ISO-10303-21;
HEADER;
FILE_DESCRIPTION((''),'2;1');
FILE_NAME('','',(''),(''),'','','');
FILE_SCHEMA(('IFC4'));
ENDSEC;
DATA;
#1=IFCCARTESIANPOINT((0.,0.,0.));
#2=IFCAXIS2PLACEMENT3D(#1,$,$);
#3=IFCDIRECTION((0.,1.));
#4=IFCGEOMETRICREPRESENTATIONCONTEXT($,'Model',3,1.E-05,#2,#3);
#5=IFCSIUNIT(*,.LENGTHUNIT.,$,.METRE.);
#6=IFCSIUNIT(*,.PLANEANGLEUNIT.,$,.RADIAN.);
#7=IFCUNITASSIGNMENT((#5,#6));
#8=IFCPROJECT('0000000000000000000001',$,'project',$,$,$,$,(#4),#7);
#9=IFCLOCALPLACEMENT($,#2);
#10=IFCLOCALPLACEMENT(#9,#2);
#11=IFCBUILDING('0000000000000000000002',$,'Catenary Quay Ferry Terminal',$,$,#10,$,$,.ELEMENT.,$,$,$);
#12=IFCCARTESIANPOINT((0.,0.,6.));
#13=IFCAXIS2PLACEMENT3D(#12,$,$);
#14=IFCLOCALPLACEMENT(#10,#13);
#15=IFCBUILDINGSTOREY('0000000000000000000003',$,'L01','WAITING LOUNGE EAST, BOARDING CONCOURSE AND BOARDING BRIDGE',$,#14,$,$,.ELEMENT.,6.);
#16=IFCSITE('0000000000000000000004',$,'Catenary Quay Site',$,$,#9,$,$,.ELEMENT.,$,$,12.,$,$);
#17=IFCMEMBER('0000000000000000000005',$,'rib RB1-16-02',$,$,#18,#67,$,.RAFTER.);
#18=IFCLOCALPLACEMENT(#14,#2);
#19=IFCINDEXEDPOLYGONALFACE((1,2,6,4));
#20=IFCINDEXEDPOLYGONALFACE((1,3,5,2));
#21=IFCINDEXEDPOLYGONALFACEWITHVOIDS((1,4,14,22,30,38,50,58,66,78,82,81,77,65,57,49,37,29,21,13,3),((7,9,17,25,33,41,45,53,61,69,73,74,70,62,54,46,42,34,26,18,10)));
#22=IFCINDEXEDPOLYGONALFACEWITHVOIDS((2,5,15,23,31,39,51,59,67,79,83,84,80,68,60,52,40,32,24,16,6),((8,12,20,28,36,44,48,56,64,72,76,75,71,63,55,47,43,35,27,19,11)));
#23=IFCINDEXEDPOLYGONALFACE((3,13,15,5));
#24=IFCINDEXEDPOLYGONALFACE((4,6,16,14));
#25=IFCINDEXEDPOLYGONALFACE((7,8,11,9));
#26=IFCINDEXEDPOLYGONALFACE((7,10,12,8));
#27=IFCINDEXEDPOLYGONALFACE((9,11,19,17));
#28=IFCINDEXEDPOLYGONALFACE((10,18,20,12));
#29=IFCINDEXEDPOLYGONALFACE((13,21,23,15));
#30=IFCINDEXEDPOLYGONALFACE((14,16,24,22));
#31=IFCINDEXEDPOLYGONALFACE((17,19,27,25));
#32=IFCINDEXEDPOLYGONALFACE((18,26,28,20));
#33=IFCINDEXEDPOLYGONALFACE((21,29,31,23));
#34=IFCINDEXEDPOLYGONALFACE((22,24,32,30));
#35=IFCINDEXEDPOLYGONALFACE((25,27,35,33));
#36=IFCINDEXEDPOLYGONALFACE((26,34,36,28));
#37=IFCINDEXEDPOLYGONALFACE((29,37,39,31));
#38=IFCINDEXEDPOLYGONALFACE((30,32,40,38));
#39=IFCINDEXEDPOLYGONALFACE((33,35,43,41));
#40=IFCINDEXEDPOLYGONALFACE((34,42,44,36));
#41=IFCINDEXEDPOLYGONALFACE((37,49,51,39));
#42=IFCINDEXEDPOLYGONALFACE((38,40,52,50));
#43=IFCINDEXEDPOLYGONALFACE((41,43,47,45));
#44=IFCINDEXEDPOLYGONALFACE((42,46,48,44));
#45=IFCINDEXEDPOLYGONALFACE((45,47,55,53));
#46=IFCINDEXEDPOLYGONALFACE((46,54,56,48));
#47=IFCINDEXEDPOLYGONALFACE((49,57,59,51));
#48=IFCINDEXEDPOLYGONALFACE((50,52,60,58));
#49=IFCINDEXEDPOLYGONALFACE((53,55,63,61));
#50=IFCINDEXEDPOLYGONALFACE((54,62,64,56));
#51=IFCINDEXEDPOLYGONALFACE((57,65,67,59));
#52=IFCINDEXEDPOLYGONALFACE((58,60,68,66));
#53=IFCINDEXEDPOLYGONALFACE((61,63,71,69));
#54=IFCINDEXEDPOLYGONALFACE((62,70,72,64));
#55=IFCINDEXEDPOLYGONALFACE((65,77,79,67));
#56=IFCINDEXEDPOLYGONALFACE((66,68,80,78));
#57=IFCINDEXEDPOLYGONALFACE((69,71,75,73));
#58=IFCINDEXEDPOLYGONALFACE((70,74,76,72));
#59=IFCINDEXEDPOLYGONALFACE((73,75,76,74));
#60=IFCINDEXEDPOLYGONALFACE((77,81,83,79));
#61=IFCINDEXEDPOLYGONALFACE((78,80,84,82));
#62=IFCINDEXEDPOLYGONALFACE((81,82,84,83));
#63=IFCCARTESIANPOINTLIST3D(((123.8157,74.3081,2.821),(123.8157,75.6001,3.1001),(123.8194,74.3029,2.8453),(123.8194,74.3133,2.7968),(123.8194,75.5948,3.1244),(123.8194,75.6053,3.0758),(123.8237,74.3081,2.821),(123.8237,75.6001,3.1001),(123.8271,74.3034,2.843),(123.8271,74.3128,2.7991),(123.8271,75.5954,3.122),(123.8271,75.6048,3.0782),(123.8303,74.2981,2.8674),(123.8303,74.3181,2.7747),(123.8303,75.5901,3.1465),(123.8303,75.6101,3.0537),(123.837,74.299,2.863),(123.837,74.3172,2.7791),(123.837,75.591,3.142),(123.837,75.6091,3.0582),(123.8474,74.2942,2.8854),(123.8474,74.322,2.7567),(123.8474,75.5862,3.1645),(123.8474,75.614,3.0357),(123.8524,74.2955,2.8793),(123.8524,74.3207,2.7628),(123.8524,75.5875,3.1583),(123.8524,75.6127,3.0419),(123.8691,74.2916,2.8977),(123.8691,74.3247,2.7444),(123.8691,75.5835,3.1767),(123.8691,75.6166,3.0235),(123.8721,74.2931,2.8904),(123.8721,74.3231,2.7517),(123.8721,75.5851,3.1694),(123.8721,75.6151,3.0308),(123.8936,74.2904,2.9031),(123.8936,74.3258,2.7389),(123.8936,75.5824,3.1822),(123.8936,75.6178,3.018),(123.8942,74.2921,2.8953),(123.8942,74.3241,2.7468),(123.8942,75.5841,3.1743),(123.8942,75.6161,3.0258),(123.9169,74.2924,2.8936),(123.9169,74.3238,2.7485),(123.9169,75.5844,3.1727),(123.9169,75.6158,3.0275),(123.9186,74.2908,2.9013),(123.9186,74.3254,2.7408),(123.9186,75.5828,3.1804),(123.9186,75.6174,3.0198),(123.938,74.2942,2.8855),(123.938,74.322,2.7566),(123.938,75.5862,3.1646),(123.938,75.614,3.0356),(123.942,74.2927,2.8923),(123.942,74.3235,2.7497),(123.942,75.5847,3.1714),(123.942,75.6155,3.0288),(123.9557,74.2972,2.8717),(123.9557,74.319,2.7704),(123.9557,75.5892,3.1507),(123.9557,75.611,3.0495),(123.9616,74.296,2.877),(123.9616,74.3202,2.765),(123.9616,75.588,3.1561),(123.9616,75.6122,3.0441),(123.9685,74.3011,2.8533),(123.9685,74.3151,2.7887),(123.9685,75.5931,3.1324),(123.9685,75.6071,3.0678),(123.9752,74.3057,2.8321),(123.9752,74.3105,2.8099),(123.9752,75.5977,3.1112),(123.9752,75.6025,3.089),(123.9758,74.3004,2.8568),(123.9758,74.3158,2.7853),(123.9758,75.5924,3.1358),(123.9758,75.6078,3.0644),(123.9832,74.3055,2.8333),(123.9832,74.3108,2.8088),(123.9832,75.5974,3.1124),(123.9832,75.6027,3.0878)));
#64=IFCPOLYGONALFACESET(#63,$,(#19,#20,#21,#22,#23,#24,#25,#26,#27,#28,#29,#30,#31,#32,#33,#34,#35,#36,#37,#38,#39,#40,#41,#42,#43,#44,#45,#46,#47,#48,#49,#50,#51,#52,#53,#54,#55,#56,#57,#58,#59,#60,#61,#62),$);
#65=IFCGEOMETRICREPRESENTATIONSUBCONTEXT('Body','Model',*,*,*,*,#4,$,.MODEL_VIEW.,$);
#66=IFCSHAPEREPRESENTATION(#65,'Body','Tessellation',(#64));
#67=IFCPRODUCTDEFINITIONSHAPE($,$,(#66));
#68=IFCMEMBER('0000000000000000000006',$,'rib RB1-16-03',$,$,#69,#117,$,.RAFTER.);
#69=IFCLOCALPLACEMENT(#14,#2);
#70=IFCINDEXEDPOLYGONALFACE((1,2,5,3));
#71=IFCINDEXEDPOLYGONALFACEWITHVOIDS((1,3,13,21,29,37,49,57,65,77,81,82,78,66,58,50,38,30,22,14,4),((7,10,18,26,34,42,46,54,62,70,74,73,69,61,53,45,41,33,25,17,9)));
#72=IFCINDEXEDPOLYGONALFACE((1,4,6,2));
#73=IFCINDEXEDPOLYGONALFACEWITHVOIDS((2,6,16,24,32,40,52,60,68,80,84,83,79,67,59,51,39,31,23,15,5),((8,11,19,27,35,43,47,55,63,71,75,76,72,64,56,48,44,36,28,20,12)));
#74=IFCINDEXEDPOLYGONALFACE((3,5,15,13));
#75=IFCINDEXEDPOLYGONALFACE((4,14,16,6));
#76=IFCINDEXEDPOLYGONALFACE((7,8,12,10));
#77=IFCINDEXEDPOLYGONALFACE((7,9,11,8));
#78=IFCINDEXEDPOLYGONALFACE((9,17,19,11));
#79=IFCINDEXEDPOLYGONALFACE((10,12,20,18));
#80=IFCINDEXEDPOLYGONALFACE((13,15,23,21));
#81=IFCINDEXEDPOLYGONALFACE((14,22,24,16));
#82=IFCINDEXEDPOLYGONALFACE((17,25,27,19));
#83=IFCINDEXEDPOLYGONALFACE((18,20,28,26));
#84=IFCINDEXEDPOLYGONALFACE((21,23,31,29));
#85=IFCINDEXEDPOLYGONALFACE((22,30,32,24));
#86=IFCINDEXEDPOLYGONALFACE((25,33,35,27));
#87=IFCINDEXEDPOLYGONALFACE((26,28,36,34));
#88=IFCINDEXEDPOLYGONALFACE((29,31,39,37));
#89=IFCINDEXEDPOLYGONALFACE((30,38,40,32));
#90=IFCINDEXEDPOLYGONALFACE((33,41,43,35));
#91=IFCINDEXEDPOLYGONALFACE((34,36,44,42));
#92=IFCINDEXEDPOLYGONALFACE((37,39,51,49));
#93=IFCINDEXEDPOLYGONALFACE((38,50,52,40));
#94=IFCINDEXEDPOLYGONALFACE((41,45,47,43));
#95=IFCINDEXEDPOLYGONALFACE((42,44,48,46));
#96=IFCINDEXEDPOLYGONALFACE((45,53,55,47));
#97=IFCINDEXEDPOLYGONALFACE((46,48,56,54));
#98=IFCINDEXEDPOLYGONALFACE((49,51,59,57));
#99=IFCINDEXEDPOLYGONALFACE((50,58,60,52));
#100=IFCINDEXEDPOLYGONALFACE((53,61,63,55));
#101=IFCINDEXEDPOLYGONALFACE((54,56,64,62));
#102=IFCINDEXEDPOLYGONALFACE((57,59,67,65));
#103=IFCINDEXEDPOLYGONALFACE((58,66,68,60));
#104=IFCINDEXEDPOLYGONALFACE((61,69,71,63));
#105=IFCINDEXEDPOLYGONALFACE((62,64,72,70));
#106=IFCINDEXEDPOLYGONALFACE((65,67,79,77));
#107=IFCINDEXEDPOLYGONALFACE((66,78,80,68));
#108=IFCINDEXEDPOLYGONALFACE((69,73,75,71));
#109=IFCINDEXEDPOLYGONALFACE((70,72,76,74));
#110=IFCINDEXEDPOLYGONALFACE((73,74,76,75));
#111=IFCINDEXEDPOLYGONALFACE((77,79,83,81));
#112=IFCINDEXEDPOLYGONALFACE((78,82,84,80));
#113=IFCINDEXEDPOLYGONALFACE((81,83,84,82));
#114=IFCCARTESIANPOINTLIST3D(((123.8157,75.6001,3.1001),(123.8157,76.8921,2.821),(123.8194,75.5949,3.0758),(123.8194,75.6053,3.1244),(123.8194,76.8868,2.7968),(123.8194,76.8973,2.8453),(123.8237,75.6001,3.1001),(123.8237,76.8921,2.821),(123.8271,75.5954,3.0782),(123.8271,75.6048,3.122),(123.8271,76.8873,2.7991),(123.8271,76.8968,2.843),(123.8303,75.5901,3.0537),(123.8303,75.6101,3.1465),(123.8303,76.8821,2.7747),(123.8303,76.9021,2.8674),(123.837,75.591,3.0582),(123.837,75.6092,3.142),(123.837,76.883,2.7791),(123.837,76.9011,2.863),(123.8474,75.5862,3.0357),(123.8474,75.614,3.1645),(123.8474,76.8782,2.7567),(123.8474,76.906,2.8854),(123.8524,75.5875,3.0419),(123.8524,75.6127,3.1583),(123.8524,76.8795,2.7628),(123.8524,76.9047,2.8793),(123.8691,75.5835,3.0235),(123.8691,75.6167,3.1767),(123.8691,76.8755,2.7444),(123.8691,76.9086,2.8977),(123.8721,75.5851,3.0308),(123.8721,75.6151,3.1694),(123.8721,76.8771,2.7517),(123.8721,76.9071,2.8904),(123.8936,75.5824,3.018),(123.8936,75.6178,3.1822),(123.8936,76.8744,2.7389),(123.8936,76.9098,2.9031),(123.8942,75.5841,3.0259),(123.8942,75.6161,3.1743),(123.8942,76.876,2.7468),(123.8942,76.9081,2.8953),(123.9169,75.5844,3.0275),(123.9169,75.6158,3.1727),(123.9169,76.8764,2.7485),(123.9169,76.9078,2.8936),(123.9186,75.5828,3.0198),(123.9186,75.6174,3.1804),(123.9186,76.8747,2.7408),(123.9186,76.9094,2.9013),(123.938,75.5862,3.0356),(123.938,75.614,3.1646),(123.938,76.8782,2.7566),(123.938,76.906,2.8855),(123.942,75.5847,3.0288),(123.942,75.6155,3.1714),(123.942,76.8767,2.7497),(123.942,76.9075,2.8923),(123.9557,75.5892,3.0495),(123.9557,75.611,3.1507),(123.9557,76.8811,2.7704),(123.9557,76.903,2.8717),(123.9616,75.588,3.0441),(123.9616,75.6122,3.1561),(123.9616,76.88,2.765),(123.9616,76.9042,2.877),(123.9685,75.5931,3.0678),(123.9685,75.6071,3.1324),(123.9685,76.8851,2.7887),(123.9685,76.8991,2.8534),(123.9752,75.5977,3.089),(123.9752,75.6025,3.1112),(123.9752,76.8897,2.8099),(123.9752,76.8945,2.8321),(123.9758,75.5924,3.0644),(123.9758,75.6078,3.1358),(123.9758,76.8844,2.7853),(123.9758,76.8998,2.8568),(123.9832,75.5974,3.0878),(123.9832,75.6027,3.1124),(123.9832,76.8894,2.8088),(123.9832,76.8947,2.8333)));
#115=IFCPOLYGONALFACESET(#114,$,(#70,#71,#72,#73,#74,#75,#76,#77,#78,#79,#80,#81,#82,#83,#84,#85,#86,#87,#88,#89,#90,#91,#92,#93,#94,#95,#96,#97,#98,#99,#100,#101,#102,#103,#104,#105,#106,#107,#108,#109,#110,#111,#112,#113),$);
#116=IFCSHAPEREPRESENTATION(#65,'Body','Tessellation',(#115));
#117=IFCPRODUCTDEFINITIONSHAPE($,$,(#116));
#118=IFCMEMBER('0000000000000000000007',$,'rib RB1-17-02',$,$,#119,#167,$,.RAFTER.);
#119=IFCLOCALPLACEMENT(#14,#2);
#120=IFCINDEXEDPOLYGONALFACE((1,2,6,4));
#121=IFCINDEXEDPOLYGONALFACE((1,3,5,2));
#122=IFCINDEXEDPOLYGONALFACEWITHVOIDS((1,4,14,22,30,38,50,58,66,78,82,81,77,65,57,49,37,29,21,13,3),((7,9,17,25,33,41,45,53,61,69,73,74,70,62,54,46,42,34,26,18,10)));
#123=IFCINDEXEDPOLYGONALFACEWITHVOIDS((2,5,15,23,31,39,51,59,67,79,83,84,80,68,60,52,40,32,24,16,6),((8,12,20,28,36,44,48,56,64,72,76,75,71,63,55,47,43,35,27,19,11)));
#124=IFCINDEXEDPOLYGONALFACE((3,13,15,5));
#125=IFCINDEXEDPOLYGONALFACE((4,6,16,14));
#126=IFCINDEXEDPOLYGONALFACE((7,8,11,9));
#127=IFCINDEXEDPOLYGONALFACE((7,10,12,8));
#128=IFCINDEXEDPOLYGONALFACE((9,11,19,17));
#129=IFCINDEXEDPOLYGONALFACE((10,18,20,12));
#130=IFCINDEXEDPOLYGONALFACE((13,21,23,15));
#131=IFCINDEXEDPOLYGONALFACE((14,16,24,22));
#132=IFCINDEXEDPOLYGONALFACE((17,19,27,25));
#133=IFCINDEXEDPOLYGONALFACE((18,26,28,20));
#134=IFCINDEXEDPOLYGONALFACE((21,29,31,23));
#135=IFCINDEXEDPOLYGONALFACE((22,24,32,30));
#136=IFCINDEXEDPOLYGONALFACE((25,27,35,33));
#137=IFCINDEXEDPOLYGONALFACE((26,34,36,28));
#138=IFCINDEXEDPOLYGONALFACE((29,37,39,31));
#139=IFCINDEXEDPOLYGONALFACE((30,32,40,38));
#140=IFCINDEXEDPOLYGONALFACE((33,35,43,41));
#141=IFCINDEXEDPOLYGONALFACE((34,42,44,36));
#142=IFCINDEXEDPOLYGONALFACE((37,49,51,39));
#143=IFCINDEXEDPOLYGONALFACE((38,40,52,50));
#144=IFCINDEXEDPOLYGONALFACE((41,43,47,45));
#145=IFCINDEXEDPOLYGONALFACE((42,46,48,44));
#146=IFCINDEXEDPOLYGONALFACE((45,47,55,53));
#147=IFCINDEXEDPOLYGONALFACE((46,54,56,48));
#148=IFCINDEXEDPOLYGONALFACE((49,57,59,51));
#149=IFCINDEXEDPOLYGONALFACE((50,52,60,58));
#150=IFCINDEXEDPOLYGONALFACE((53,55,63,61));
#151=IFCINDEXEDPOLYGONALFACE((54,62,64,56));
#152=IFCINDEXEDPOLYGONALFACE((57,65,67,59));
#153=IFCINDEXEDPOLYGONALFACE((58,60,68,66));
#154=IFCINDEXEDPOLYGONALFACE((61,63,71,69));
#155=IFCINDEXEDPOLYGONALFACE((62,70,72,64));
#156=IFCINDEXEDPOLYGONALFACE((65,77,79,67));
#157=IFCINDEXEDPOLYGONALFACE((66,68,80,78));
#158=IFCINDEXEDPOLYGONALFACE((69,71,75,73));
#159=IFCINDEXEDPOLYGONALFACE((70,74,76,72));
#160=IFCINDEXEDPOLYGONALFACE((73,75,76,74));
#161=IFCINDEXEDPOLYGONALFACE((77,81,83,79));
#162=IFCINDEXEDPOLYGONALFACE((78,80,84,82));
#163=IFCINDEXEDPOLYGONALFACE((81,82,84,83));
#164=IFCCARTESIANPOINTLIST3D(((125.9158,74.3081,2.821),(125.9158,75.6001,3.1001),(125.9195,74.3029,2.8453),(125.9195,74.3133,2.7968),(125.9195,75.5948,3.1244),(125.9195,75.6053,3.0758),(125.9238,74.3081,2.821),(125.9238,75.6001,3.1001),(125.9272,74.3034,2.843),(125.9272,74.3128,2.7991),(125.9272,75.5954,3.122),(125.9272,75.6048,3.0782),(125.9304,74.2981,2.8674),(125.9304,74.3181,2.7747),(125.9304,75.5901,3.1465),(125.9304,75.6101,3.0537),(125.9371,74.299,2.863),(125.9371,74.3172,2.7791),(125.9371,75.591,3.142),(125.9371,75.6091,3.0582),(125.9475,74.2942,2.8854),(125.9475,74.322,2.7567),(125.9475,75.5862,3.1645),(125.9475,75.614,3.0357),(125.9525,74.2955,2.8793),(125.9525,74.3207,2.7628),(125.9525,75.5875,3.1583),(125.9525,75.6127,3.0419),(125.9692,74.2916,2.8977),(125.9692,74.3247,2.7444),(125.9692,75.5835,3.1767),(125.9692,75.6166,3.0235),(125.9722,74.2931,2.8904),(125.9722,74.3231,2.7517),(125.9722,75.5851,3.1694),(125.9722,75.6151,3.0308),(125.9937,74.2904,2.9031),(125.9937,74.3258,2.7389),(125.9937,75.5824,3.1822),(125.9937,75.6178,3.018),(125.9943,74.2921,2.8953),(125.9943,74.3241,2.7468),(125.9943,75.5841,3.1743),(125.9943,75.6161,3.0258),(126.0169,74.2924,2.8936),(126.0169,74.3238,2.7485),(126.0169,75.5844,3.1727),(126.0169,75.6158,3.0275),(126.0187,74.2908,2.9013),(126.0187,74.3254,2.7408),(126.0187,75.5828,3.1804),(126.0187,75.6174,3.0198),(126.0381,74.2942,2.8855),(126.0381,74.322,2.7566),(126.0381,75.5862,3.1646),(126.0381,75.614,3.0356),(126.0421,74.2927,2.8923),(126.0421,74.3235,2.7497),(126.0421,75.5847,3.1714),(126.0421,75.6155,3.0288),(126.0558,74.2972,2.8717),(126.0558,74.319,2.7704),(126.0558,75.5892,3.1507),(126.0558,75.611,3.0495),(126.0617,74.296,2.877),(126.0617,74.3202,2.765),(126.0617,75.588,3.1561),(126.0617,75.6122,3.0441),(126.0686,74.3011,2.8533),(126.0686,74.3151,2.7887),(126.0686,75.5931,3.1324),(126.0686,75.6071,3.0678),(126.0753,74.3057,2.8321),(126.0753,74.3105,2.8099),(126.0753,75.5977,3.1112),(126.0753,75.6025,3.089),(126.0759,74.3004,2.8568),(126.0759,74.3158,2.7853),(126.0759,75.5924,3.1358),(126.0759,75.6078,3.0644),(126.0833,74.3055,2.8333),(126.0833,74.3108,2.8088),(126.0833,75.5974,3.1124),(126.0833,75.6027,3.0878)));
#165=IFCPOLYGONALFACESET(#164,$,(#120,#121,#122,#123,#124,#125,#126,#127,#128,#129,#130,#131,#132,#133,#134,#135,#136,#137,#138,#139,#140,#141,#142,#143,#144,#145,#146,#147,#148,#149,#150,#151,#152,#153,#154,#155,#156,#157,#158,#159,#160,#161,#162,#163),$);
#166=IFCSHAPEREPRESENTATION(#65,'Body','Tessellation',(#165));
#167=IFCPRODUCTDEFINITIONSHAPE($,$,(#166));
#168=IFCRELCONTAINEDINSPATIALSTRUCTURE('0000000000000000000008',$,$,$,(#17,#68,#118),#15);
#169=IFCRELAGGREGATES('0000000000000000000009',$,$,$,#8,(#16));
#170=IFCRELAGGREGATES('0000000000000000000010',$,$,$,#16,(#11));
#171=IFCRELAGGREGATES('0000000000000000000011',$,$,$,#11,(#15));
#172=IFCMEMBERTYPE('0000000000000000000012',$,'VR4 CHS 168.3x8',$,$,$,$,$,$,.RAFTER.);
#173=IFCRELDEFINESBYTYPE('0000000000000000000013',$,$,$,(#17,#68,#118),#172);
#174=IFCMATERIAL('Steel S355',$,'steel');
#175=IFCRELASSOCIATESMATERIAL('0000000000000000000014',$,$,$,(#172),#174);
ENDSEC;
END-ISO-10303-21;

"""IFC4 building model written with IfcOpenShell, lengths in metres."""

from ifc_helpers import new_model, si_unit, direction, frame, origin, origin_2d, place, context, subcontext, project, spatial, hollow_circle, extrude, material, material_profile, profile_set, type_object, element, save


model = new_model("IFC4")

# Units and contexts
model_context = context("Model", 3, precision=1e-05, world=origin(), true_north=direction((0.0, 1.0)))
body_context = subcontext(model_context, "Body", "Model", "MODEL_VIEW")
ifc_project = project(units=[si_unit("LENGTHUNIT", "METRE"), si_unit("PLANEANGLEUNIT", "RADIAN")], contexts=[model_context])

# Site, building, storey
site_placement = place(None, origin())
site = spatial("IfcSite", under=ifc_project, at=site_placement, Name="Catenary Quay Site", CompositionType="ELEMENT", RefElevation=12.0)
building_placement = place(site_placement, origin())
building = spatial("IfcBuilding", under=site, at=building_placement, Name="Catenary Quay Ferry Terminal", CompositionType="ELEMENT")
storey_placement = place(building_placement, frame((0.0, 0.0, 6.0)))
storey = spatial("IfcBuildingStorey", under=building, at=storey_placement, Name="L01", Description="WAITING LOUNGE EAST, BOARDING CONCOURSE AND BOARDING BRIDGE", CompositionType="ELEMENT", Elevation=6.0)

# Members
ifc_material_1 = material(Name="Steel S355", Category="steel")
ifc_material_profile_1 = material_profile(ifc_material_1, hollow_circle(Radius=0.0842, WallThickness=0.0081, at=origin_2d()), Name="CHS 168.3x8")
ifc_profile_set_1 = profile_set([ifc_material_profile_1], Name="Steel S355")
member_type_1 = type_object("IfcMemberType", Name="VR4 CHS 168.3x8", PredefinedType="RAFTER", material=ifc_profile_set_1)
for number, where, z_axis, x_axis, name in (
    (1, (123.8999, 74.3081, 2.821), (0.0, 0.977461, 0.211118), (-1.0, 0.0, 0.0), "rib RB1-16-02"),
    (2, (123.8999, 75.6001, 3.1001), (0.0, 0.977461, -0.211118), (-1.0, 0.0, 0.0), "rib RB1-16-03"),
    (3, (126.0, 74.3081, 2.821), (0.0, 0.977461, 0.211118), (-1.0, 0.0, 0.0), "rib RB1-17-02"),
):
    element("IfcMember", number, at=place(storey_placement, frame(where, z_axis=z_axis, x_axis=x_axis)), inside=storey, type_object=member_type_1, Name=name, PredefinedType="RAFTER", context=body_context, shape_type="SweptSolid", body=[
        extrude(hollow_circle(Radius=0.0842, WallThickness=0.0081, at=origin_2d()), origin(), (0.0, 0.0, 1.0), 1.3218),
    ])

save(model, "model.ifc")
